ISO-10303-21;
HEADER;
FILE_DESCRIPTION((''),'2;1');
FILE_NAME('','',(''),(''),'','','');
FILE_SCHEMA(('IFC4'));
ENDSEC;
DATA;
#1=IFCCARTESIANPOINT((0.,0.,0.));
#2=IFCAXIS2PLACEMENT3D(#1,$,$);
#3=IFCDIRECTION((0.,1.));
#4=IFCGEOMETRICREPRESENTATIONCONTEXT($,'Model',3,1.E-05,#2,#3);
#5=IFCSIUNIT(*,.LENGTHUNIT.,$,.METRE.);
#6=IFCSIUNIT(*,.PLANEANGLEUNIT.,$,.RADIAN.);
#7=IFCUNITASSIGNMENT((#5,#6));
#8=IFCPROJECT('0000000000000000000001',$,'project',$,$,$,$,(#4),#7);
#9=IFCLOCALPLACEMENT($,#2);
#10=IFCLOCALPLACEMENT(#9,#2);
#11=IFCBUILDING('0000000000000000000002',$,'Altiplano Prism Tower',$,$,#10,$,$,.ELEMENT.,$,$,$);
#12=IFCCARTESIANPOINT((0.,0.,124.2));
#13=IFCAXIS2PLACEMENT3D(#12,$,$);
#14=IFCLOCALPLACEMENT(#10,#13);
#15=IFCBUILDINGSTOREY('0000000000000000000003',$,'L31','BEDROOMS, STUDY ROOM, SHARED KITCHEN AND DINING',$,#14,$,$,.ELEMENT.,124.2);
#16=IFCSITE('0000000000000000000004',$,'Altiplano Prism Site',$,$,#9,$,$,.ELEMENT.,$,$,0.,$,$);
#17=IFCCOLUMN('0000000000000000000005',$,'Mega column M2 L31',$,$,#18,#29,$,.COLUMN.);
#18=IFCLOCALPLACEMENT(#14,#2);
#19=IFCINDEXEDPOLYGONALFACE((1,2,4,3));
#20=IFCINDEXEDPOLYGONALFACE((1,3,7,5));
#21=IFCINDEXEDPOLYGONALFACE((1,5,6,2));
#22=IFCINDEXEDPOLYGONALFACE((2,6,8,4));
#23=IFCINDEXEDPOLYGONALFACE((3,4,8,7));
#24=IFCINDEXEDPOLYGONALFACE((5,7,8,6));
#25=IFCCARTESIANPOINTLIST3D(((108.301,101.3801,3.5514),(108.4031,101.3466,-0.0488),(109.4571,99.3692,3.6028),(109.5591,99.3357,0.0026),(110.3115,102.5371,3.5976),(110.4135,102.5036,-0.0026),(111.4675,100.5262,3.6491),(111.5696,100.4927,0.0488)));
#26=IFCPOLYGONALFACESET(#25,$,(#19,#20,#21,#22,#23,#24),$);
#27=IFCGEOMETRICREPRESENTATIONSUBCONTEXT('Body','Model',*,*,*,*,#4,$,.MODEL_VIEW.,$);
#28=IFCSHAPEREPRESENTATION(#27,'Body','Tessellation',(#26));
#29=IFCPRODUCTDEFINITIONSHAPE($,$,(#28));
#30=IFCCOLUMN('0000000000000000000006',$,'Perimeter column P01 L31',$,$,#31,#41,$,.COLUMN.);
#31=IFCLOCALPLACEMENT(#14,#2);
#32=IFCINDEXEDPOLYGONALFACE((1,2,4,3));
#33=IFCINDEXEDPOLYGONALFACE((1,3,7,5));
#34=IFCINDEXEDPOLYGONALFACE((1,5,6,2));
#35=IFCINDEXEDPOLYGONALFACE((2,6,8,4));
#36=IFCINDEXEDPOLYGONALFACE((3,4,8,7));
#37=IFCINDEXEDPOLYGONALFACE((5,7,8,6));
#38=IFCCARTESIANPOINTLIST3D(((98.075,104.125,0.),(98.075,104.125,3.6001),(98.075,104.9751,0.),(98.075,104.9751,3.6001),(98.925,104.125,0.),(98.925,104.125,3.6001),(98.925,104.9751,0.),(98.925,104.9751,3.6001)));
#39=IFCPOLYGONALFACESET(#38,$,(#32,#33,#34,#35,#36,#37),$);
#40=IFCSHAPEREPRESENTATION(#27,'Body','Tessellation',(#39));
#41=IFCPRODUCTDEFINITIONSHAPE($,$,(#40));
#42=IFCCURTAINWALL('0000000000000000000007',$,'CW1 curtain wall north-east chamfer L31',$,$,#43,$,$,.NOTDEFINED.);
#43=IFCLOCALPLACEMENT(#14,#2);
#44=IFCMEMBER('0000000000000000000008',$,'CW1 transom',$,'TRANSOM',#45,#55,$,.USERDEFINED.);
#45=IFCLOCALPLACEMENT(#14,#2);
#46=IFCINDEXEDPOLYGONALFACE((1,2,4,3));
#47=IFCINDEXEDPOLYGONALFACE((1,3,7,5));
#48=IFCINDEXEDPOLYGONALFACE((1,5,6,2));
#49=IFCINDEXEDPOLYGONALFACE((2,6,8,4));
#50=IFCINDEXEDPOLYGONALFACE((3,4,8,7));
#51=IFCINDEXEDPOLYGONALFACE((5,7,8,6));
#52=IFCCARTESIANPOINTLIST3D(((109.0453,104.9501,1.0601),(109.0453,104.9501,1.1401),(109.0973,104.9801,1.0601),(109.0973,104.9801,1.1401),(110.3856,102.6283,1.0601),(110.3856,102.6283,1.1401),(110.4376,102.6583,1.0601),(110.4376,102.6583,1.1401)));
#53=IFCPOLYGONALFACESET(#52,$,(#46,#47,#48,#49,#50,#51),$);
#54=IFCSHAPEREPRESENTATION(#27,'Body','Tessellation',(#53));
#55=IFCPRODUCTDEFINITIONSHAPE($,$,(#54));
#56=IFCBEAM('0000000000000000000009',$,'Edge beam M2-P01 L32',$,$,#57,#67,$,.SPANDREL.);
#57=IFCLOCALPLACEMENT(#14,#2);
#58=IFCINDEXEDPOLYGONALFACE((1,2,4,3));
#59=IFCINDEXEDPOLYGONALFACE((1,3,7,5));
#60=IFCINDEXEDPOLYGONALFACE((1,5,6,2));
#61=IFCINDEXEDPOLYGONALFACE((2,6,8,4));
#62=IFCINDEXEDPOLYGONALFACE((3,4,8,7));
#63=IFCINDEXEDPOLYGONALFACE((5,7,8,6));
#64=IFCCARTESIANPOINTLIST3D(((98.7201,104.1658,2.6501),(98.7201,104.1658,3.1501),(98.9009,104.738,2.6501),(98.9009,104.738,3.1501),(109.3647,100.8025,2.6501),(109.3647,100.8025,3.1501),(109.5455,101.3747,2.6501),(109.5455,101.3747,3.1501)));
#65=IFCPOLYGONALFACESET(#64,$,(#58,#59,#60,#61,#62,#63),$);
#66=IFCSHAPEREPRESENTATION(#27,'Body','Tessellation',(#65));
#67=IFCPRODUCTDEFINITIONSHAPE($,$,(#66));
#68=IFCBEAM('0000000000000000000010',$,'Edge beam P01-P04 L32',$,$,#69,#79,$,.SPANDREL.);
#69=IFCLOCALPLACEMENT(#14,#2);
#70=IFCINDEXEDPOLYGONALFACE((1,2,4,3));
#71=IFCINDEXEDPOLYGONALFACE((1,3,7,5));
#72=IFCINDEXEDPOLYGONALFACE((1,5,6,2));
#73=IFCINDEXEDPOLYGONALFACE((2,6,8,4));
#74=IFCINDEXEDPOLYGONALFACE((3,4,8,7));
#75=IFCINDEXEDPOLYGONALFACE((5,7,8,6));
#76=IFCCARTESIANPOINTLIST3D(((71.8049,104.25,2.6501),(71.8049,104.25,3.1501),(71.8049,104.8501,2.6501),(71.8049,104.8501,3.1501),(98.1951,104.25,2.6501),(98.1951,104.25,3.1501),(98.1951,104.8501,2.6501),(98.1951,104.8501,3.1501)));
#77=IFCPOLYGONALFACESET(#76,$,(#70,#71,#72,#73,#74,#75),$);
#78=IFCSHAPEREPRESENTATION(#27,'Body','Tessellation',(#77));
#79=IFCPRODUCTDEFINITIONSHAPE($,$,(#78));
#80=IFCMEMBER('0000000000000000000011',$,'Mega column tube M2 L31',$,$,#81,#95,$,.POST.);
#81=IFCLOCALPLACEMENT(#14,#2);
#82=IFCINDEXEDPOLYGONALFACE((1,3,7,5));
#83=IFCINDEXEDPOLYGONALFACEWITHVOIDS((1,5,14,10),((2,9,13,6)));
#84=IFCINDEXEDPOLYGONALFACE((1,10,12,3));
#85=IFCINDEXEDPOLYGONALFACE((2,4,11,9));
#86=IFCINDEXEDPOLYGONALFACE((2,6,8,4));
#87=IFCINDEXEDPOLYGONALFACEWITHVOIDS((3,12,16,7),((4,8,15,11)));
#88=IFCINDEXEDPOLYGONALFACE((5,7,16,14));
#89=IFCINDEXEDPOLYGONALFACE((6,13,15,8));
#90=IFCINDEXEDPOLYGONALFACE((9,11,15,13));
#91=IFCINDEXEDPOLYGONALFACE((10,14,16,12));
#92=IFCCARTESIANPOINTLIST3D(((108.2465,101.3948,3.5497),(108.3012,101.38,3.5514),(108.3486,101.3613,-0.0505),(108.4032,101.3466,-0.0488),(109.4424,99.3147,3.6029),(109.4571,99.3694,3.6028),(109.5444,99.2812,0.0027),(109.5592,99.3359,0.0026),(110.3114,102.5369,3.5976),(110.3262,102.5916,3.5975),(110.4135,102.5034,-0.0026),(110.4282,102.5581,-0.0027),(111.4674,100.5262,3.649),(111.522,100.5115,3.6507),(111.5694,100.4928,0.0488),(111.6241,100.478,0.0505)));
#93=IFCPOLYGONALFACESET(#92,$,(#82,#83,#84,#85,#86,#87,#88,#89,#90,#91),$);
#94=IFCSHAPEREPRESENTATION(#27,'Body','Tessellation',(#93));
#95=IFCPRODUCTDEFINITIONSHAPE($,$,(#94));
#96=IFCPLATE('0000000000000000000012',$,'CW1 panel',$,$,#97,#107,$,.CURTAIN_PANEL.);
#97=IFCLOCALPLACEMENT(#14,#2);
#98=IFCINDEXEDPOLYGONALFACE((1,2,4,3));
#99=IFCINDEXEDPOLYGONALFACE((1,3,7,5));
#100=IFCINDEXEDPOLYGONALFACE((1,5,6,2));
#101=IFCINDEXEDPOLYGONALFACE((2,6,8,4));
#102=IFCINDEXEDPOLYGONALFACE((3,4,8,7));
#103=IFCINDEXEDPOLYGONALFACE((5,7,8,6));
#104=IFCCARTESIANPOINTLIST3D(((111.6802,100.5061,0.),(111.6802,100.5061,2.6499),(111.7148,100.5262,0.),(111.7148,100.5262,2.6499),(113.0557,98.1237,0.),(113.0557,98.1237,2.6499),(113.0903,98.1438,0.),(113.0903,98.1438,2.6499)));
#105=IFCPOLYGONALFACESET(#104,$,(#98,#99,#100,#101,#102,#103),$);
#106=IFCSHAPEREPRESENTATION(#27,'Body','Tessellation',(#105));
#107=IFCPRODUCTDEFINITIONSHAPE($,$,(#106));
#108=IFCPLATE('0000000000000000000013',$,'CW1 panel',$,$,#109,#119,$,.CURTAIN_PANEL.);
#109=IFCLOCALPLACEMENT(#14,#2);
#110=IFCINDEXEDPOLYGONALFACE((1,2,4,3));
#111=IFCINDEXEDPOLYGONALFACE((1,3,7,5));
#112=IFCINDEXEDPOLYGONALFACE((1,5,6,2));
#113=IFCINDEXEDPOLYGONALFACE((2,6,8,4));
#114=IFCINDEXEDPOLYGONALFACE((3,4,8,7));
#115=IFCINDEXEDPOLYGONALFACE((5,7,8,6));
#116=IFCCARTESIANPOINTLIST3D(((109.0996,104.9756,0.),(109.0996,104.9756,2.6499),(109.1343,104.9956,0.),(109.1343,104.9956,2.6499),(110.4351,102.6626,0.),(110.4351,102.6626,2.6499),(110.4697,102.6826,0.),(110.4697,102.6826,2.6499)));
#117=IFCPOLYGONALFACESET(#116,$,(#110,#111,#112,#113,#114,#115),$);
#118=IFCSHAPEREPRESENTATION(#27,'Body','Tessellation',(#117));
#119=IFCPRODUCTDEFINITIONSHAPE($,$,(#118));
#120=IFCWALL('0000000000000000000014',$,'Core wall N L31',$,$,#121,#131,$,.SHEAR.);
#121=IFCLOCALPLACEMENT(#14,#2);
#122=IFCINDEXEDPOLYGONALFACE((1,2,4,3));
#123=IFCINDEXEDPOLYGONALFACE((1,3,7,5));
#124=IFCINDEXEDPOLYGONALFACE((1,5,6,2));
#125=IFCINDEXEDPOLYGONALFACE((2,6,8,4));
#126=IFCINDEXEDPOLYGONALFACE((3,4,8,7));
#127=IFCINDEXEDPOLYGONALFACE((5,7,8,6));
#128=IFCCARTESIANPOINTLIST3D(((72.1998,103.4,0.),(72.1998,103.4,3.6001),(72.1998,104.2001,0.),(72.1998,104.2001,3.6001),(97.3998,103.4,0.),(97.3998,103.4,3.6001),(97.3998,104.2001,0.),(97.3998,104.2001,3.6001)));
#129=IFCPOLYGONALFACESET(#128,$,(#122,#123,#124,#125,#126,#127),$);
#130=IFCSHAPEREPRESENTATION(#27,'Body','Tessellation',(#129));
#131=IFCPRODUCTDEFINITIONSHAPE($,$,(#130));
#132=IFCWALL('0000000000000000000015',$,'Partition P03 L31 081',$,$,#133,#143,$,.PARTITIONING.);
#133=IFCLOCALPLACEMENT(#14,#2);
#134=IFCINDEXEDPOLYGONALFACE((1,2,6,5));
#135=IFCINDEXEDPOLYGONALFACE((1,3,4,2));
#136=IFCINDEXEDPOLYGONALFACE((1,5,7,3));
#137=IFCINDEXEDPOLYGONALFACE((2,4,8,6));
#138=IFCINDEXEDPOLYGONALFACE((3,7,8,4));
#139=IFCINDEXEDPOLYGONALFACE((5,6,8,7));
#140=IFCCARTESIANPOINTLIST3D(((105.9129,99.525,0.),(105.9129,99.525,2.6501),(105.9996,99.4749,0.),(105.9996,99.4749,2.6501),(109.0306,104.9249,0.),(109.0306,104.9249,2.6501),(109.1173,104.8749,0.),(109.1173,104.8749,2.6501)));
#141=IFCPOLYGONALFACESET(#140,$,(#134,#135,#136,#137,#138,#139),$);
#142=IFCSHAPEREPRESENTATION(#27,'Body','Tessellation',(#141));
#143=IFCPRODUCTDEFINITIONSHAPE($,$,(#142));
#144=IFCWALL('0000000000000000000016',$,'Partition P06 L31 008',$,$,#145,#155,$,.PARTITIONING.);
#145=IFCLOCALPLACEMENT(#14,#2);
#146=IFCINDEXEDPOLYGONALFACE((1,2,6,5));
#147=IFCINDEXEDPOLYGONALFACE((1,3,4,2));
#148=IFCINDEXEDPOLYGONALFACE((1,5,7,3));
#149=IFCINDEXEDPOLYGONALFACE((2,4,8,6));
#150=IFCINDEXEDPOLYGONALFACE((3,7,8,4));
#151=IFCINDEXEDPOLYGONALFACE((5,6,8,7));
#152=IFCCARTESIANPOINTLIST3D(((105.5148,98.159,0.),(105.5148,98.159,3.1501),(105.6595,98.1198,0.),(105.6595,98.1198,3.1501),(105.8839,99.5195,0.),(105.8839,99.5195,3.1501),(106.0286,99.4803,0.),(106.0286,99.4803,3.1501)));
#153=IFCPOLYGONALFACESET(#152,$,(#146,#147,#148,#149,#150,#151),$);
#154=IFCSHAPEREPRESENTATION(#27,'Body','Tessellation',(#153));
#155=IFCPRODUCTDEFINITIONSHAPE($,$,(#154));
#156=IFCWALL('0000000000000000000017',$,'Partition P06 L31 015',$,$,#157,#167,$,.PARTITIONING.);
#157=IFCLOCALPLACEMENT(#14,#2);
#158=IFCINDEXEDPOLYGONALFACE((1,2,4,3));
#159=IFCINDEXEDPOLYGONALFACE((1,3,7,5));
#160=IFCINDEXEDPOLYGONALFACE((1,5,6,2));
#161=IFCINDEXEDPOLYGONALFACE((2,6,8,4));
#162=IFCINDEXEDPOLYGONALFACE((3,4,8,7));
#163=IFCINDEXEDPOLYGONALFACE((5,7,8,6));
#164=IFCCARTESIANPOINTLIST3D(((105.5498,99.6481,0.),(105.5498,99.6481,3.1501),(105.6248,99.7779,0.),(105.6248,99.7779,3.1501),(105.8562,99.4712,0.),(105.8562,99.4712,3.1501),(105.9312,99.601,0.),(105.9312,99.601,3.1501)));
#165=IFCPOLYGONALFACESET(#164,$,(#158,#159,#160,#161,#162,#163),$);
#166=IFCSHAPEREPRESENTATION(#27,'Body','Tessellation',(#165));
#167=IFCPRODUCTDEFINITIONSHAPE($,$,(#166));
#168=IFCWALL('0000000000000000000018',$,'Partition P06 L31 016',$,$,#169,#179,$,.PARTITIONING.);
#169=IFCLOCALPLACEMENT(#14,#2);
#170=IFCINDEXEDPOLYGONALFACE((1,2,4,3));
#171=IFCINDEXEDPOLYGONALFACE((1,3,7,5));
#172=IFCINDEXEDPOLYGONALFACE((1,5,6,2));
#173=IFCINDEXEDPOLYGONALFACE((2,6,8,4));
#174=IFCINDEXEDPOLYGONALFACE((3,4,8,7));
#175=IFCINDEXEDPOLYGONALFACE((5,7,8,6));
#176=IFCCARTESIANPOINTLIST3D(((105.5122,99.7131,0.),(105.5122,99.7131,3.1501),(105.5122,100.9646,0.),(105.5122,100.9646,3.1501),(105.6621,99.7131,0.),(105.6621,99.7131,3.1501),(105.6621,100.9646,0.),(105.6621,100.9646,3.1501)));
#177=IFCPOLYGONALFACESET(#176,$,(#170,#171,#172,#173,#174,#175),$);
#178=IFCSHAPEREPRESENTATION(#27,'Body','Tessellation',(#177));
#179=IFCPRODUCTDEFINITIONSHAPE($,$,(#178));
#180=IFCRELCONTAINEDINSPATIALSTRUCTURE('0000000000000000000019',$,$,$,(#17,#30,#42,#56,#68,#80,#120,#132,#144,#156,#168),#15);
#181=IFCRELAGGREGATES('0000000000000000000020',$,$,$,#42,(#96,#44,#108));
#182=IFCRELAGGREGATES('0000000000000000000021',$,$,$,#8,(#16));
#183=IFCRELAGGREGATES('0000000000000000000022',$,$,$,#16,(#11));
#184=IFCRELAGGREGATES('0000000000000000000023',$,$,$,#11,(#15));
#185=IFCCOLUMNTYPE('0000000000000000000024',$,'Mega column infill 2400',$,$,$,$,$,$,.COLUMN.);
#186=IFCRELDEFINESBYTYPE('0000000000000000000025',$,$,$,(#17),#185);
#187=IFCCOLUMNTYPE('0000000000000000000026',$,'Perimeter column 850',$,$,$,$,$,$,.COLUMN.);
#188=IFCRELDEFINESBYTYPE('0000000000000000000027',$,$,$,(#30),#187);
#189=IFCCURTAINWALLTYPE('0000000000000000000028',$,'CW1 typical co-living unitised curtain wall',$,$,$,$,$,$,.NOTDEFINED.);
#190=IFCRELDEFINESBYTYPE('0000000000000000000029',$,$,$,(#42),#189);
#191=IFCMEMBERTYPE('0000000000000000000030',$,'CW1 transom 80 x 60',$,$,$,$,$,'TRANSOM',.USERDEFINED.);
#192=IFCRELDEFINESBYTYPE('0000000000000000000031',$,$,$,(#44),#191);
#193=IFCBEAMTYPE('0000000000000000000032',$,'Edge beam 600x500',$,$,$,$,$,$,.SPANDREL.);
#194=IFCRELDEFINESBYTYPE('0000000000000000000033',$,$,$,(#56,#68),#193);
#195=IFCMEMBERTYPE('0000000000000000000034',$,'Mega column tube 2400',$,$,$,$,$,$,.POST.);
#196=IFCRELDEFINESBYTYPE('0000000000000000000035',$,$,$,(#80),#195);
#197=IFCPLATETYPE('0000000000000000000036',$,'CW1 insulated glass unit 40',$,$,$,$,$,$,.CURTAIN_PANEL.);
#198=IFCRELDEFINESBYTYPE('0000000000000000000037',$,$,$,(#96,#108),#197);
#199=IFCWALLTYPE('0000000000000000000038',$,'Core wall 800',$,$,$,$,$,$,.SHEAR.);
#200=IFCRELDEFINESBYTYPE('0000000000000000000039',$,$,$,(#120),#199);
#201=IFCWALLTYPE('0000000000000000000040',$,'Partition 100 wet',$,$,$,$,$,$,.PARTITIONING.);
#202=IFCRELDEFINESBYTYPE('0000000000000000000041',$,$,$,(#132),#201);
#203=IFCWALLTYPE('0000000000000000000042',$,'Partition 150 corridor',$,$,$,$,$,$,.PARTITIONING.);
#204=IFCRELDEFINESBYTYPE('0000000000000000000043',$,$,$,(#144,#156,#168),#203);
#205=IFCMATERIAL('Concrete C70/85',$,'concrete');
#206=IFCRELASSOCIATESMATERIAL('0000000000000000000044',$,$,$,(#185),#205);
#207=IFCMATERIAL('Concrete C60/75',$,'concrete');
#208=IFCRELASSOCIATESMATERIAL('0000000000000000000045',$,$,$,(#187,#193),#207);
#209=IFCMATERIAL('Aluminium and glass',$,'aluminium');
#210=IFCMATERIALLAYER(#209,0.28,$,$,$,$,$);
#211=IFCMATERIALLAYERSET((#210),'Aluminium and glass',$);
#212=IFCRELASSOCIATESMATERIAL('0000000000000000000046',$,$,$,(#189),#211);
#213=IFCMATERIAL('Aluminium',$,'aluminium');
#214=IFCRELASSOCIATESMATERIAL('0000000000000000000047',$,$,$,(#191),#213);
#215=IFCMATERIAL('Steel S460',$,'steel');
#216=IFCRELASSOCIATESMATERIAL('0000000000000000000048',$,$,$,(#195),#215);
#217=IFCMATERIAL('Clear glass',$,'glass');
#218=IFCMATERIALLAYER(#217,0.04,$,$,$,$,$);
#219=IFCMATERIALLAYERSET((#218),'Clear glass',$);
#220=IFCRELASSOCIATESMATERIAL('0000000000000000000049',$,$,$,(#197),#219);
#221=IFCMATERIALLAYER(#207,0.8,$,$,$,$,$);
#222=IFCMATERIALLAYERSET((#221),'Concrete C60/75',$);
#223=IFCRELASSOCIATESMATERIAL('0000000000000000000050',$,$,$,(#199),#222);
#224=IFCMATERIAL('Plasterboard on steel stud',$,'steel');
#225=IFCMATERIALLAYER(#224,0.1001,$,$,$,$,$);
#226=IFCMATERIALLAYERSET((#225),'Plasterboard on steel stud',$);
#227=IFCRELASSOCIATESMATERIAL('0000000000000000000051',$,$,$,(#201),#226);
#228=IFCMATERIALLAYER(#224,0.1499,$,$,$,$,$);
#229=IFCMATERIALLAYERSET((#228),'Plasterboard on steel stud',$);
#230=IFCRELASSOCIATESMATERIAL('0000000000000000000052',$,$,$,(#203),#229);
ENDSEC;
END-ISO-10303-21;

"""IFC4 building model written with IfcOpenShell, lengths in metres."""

from ifc_helpers import new_model, si_unit, direction, frame, frame_2d, origin, origin_2d, place, context, subcontext, project, spatial, rectangle, hollow_rectangle, extrude, material, layer, layer_set, material_profile, profile_set, type_object, element, aggregate, save


model = new_model("IFC4")

# Units and contexts
model_context = context("Model", 3, precision=1e-05, world=origin(), true_north=direction((0.0, 1.0)))
body_context = subcontext(model_context, "Body", "Model", "MODEL_VIEW")
ifc_project = project(units=[si_unit("LENGTHUNIT", "METRE"), si_unit("PLANEANGLEUNIT", "RADIAN")], contexts=[model_context])

# Site, building, storey
site_placement = place(None, origin())
site = spatial("IfcSite", under=ifc_project, at=site_placement, Name="Altiplano Prism Site", CompositionType="ELEMENT", RefElevation=0.0)
building_placement = place(site_placement, origin())
building = spatial("IfcBuilding", under=site, at=building_placement, Name="Altiplano Prism Tower", CompositionType="ELEMENT")
storey_placement = place(building_placement, frame((0.0, 0.0, 124.2)))
storey = spatial("IfcBuildingStorey", under=building, at=storey_placement, Name="L31", Description="BEDROOMS, STUDY ROOM, SHARED KITCHEN AND DINING", CompositionType="ELEMENT", Elevation=124.2)

# Columns
ifc_material_1 = material(Name="Concrete C70/85", Category="concrete")
ifc_material_profile_1 = material_profile(ifc_material_1, rectangle(XDim=2.3201, YDim=2.3201, at=origin_2d()), Name="Mega column infill 2400")
ifc_profile_set_1 = profile_set([ifc_material_profile_1], Name="Concrete C70/85")
column_type_1 = type_object("IfcColumnType", Name="Mega column infill 2400", PredefinedType="COLUMN", material=ifc_profile_set_1)
column_1_placement = place(storey_placement, frame((109.9863, 100.9197, 0.0), z_axis=(-0.028334, 0.009287, 0.999555), x_axis=(0.498278, -0.866734, 0.022177)))
element("IfcColumn", 1, at=column_1_placement, inside=storey, type_object=column_type_1, Name="Mega column M2 L31", PredefinedType="COLUMN", context=body_context, shape_type="SweptSolid", body=[
    extrude(rectangle(XDim=2.3201, YDim=2.3201, at=origin_2d()), origin(), (0.0, 0.0, 1.0), 3.6018),
])
ifc_material_2 = material(Name="Concrete C60/75", Category="concrete")
ifc_material_profile_2 = material_profile(ifc_material_2, rectangle(XDim=0.8501, YDim=0.8501, at=origin_2d()), Name="Perimeter column 850")
ifc_profile_set_2 = profile_set([ifc_material_profile_2], Name="Concrete C60/75")
column_type_2 = type_object("IfcColumnType", Name="Perimeter column 850", PredefinedType="COLUMN", material=ifc_profile_set_2)
column_2_placement = place(storey_placement, frame((98.5, 104.55, 0.0), z_axis=(0.0, 0.0, 1.0), x_axis=(1.0, 0.0, 0.0)))
element("IfcColumn", 2, at=column_2_placement, inside=storey, type_object=column_type_2, Name="Perimeter column P01 L31", PredefinedType="COLUMN", context=body_context, shape_type="SweptSolid", body=[
    extrude(rectangle(XDim=0.8501, YDim=0.8501, at=origin_2d()), origin(), (0.0, 0.0, 1.0), 3.6001),
])

# Curtain wall, member
ifc_material_3 = material(Name="Aluminium and glass", Category="aluminium")
ifc_layer_1 = layer(ifc_material_3, 0.28)
ifc_layer_set_1 = layer_set([ifc_layer_1], Name="Aluminium and glass")
curtain_wall_type = type_object("IfcCurtainWallType", Name="CW1 typical co-living unitised curtain wall", PredefinedType="NOTDEFINED", material=ifc_layer_set_1)
curtain_wall_placement = place(storey_placement, origin())
curtain_wall = element("IfcCurtainWall", 3, at=curtain_wall_placement, inside=storey, type_object=curtain_wall_type, Name="CW1 curtain wall north-east chamfer L31", PredefinedType="NOTDEFINED")
ifc_material_4 = material(Name="Aluminium", Category="aluminium")
ifc_material_profile_3 = material_profile(ifc_material_4, rectangle(XDim=0.0601, YDim=0.0801, at=origin_2d()), Name="CW1 transom 80 x 60")
ifc_profile_set_3 = profile_set([ifc_material_profile_3], Name="Aluminium")
member_type_1 = type_object("IfcMemberType", Name="CW1 transom 80 x 60", ElementType="TRANSOM", PredefinedType="USERDEFINED", material=ifc_profile_set_3)
member_1_placement = place(storey_placement, frame((110.4116, 102.6433, 1.1001), z_axis=(-0.499959, 0.866049, 0.0), x_axis=(-0.866049, -0.499959, 0.0)))
member_1 = element("IfcMember", 4, at=member_1_placement, type_object=member_type_1, Name="CW1 transom", ObjectType="TRANSOM", PredefinedType="USERDEFINED", context=body_context, shape_type="SweptSolid", body=[
    extrude(rectangle(XDim=0.0601, YDim=0.0801, at=origin_2d()), origin(), (0.0, 0.0, 1.0), 2.6809),
])

# Beams
ifc_material_profile_4 = material_profile(ifc_material_2, rectangle(XDim=0.6001, YDim=0.5, at=origin_2d()), Name="Edge beam 600x500")
ifc_profile_set_4 = profile_set([ifc_material_profile_4], Name="Concrete C60/75")
beam_type = type_object("IfcBeamType", Name="Edge beam 600x500", PredefinedType="SPANDREL", material=ifc_profile_set_4)
beam_1_placement = place(storey_placement, frame((109.4551, 101.0886, 2.9001), z_axis=(-0.953535, 0.301282, 0.0), x_axis=(-0.301282, -0.953535, 0.0)))
element("IfcBeam", 5, at=beam_1_placement, inside=storey, type_object=beam_type, Name="Edge beam M2-P01 L32", PredefinedType="SPANDREL", context=body_context, shape_type="SweptSolid", body=[
    extrude(rectangle(XDim=0.6001, YDim=0.5, at=origin_2d()), origin(), (0.0, 0.0, 1.0), 11.1633),
])
beam_2_placement = place(storey_placement, frame((98.1951, 104.55, 2.9001), z_axis=(-1.0, 0.0, 0.0), x_axis=(0.0, -1.0, 0.0)))
element("IfcBeam", 6, at=beam_2_placement, inside=storey, type_object=beam_type, Name="Edge beam P01-P04 L32", PredefinedType="SPANDREL", context=body_context, shape_type="SweptSolid", body=[
    extrude(rectangle(XDim=0.6001, YDim=0.5, at=origin_2d()), origin(), (0.0, 0.0, 1.0), 26.3901),
])

# Member
ifc_material_5 = material(Name="Steel S460", Category="steel")
ifc_material_profile_5 = material_profile(ifc_material_5, hollow_rectangle(XDim=2.3999, YDim=2.3999, WallThickness=0.04, at=origin_2d()), Name="Mega column tube 2400")
ifc_profile_set_5 = profile_set([ifc_material_profile_5], Name="Steel S460")
member_type_2 = type_object("IfcMemberType", Name="Mega column tube 2400", PredefinedType="POST", material=ifc_profile_set_5)
member_2_placement = place(storey_placement, frame((109.9863, 100.9197, 0.0), z_axis=(-0.028334, 0.009287, 0.999555), x_axis=(0.498278, -0.866734, 0.022177)))
element("IfcMember", 7, at=member_2_placement, inside=storey, type_object=member_type_2, Name="Mega column tube M2 L31", PredefinedType="POST", context=body_context, shape_type="SweptSolid", body=[
    extrude(hollow_rectangle(XDim=2.3999, YDim=2.3999, WallThickness=0.04, at=origin_2d()), origin(), (0.0, 0.0, 1.0), 3.6018),
])

# Plates
ifc_material_6 = material(Name="Clear glass", Category="glass")
ifc_layer_2 = layer(ifc_material_6, 0.04)
ifc_layer_set_2 = layer_set([ifc_layer_2], Name="Clear glass")
plate_type = type_object("IfcPlateType", Name="CW1 insulated glass unit 40", PredefinedType="CURTAIN_PANEL", material=ifc_layer_set_2)
plate_1_placement = place(storey_placement, frame((112.3853, 99.325, 0.0), z_axis=(0.0, 0.0, 1.0), x_axis=(-0.5, 0.866025, 0.0)))
plate_1 = element("IfcPlate", 8, at=plate_1_placement, type_object=plate_type, Name="CW1 panel", PredefinedType="CURTAIN_PANEL", context=body_context, shape_type="SweptSolid", body=[
    extrude(rectangle(XDim=2.751, YDim=0.04, at=origin_2d()), origin(), (0.0, 0.0, 1.0), 2.6499),
])
plate_2_placement = place(storey_placement, frame((109.7847, 103.8291, 0.0), z_axis=(0.0, 0.0, 1.0), x_axis=(-0.5, 0.866025, 0.0)))
plate_2 = element("IfcPlate", 9, at=plate_2_placement, type_object=plate_type, Name="CW1 panel", PredefinedType="CURTAIN_PANEL", context=body_context, shape_type="SweptSolid", body=[
    extrude(rectangle(XDim=2.6709, YDim=0.04, at=origin_2d()), origin(), (0.0, 0.0, 1.0), 2.6499),
])
aggregate(curtain_wall, [plate_1, member_1, plate_2])

# Walls
ifc_layer_3 = layer(ifc_material_2, 0.8)
ifc_layer_set_3 = layer_set([ifc_layer_3], Name="Concrete C60/75")
wall_type_1 = type_object("IfcWallType", Name="Core wall 800", PredefinedType="SHEAR", material=ifc_layer_set_3)
wall_1_placement = place(storey_placement, frame((97.3999, 103.8, 0.0), z_axis=(0.0, 0.0, 1.0), x_axis=(-1.0, 0.0, 0.0)))
element("IfcWall", 10, at=wall_1_placement, inside=storey, type_object=wall_type_1, Name="Core wall N L31", PredefinedType="SHEAR", context=body_context, shape_type="SweptSolid", body=[
    extrude(rectangle(XDim=25.2, YDim=0.8, at=frame_2d((12.6001, 0.0))), origin(), (0.0, 0.0, 1.0), 3.6001),
])
ifc_material_7 = material(Name="Plasterboard on steel stud", Category="steel")
ifc_layer_4 = layer(ifc_material_7, 0.1001)
ifc_layer_set_4 = layer_set([ifc_layer_4], Name="Plasterboard on steel stud")
wall_type_2 = type_object("IfcWallType", Name="Partition 100 wet", PredefinedType="PARTITIONING", material=ifc_layer_set_4)
wall_2_placement = place(storey_placement, frame((109.074, 104.8999, 0.0), z_axis=(0.0, 0.0, 1.0), x_axis=(-0.500005, -0.866023, 0.0)))
element("IfcWall", 11, at=wall_2_placement, inside=storey, type_object=wall_type_2, Name="Partition P03 L31 081", PredefinedType="PARTITIONING", context=body_context, shape_type="SweptSolid", body=[
    extrude(rectangle(XDim=6.2354, YDim=0.1001, at=frame_2d((3.1177, 0.0))), origin(), (0.0, 0.0, 1.0), 2.6501),
])
ifc_layer_5 = layer(ifc_material_7, 0.1499)
ifc_layer_set_5 = layer_set([ifc_layer_5], Name="Plasterboard on steel stud")
wall_type_3 = type_object("IfcWallType", Name="Partition 150 corridor", PredefinedType="PARTITIONING", material=ifc_layer_set_5)
wall_3_placement = place(storey_placement, frame((105.5872, 98.1394, 0.0), z_axis=(0.0, 0.0, 1.0), x_axis=(0.261842, 0.965111, 0.0)))
element("IfcWall", 12, at=wall_3_placement, inside=storey, type_object=wall_type_3, Name="Partition P06 L31 008", PredefinedType="PARTITIONING", context=body_context, shape_type="SweptSolid", body=[
    extrude(rectangle(XDim=1.4097, YDim=0.1499, at=frame_2d((0.7048, 0.0))), origin(), (0.0, 0.0, 1.0), 3.1501),
])
wall_4_placement = place(storey_placement, frame((105.8936, 99.5361, 0.0), z_axis=(0.0, 0.0, 1.0), x_axis=(-0.865898, 0.50022, 0.0)))
element("IfcWall", 13, at=wall_4_placement, inside=storey, type_object=wall_type_3, Name="Partition P06 L31 015", PredefinedType="PARTITIONING", context=body_context, shape_type="SweptSolid", body=[
    extrude(rectangle(XDim=0.3538, YDim=0.1499, at=frame_2d((0.1768, 0.0))), origin(), (0.0, 0.0, 1.0), 3.1501),
])
wall_5_placement = place(storey_placement, frame((105.5872, 99.7131, 0.0), z_axis=(0.0, 0.0, 1.0), x_axis=(0.0, 1.0, 0.0)))
element("IfcWall", 14, at=wall_5_placement, inside=storey, type_object=wall_type_3, Name="Partition P06 L31 016", PredefinedType="PARTITIONING", context=body_context, shape_type="SweptSolid", body=[
    extrude(rectangle(XDim=1.2515, YDim=0.1499, at=frame_2d((0.6257, 0.0))), origin(), (0.0, 0.0, 1.0), 3.1501),
])

save(model, "model.ifc")
